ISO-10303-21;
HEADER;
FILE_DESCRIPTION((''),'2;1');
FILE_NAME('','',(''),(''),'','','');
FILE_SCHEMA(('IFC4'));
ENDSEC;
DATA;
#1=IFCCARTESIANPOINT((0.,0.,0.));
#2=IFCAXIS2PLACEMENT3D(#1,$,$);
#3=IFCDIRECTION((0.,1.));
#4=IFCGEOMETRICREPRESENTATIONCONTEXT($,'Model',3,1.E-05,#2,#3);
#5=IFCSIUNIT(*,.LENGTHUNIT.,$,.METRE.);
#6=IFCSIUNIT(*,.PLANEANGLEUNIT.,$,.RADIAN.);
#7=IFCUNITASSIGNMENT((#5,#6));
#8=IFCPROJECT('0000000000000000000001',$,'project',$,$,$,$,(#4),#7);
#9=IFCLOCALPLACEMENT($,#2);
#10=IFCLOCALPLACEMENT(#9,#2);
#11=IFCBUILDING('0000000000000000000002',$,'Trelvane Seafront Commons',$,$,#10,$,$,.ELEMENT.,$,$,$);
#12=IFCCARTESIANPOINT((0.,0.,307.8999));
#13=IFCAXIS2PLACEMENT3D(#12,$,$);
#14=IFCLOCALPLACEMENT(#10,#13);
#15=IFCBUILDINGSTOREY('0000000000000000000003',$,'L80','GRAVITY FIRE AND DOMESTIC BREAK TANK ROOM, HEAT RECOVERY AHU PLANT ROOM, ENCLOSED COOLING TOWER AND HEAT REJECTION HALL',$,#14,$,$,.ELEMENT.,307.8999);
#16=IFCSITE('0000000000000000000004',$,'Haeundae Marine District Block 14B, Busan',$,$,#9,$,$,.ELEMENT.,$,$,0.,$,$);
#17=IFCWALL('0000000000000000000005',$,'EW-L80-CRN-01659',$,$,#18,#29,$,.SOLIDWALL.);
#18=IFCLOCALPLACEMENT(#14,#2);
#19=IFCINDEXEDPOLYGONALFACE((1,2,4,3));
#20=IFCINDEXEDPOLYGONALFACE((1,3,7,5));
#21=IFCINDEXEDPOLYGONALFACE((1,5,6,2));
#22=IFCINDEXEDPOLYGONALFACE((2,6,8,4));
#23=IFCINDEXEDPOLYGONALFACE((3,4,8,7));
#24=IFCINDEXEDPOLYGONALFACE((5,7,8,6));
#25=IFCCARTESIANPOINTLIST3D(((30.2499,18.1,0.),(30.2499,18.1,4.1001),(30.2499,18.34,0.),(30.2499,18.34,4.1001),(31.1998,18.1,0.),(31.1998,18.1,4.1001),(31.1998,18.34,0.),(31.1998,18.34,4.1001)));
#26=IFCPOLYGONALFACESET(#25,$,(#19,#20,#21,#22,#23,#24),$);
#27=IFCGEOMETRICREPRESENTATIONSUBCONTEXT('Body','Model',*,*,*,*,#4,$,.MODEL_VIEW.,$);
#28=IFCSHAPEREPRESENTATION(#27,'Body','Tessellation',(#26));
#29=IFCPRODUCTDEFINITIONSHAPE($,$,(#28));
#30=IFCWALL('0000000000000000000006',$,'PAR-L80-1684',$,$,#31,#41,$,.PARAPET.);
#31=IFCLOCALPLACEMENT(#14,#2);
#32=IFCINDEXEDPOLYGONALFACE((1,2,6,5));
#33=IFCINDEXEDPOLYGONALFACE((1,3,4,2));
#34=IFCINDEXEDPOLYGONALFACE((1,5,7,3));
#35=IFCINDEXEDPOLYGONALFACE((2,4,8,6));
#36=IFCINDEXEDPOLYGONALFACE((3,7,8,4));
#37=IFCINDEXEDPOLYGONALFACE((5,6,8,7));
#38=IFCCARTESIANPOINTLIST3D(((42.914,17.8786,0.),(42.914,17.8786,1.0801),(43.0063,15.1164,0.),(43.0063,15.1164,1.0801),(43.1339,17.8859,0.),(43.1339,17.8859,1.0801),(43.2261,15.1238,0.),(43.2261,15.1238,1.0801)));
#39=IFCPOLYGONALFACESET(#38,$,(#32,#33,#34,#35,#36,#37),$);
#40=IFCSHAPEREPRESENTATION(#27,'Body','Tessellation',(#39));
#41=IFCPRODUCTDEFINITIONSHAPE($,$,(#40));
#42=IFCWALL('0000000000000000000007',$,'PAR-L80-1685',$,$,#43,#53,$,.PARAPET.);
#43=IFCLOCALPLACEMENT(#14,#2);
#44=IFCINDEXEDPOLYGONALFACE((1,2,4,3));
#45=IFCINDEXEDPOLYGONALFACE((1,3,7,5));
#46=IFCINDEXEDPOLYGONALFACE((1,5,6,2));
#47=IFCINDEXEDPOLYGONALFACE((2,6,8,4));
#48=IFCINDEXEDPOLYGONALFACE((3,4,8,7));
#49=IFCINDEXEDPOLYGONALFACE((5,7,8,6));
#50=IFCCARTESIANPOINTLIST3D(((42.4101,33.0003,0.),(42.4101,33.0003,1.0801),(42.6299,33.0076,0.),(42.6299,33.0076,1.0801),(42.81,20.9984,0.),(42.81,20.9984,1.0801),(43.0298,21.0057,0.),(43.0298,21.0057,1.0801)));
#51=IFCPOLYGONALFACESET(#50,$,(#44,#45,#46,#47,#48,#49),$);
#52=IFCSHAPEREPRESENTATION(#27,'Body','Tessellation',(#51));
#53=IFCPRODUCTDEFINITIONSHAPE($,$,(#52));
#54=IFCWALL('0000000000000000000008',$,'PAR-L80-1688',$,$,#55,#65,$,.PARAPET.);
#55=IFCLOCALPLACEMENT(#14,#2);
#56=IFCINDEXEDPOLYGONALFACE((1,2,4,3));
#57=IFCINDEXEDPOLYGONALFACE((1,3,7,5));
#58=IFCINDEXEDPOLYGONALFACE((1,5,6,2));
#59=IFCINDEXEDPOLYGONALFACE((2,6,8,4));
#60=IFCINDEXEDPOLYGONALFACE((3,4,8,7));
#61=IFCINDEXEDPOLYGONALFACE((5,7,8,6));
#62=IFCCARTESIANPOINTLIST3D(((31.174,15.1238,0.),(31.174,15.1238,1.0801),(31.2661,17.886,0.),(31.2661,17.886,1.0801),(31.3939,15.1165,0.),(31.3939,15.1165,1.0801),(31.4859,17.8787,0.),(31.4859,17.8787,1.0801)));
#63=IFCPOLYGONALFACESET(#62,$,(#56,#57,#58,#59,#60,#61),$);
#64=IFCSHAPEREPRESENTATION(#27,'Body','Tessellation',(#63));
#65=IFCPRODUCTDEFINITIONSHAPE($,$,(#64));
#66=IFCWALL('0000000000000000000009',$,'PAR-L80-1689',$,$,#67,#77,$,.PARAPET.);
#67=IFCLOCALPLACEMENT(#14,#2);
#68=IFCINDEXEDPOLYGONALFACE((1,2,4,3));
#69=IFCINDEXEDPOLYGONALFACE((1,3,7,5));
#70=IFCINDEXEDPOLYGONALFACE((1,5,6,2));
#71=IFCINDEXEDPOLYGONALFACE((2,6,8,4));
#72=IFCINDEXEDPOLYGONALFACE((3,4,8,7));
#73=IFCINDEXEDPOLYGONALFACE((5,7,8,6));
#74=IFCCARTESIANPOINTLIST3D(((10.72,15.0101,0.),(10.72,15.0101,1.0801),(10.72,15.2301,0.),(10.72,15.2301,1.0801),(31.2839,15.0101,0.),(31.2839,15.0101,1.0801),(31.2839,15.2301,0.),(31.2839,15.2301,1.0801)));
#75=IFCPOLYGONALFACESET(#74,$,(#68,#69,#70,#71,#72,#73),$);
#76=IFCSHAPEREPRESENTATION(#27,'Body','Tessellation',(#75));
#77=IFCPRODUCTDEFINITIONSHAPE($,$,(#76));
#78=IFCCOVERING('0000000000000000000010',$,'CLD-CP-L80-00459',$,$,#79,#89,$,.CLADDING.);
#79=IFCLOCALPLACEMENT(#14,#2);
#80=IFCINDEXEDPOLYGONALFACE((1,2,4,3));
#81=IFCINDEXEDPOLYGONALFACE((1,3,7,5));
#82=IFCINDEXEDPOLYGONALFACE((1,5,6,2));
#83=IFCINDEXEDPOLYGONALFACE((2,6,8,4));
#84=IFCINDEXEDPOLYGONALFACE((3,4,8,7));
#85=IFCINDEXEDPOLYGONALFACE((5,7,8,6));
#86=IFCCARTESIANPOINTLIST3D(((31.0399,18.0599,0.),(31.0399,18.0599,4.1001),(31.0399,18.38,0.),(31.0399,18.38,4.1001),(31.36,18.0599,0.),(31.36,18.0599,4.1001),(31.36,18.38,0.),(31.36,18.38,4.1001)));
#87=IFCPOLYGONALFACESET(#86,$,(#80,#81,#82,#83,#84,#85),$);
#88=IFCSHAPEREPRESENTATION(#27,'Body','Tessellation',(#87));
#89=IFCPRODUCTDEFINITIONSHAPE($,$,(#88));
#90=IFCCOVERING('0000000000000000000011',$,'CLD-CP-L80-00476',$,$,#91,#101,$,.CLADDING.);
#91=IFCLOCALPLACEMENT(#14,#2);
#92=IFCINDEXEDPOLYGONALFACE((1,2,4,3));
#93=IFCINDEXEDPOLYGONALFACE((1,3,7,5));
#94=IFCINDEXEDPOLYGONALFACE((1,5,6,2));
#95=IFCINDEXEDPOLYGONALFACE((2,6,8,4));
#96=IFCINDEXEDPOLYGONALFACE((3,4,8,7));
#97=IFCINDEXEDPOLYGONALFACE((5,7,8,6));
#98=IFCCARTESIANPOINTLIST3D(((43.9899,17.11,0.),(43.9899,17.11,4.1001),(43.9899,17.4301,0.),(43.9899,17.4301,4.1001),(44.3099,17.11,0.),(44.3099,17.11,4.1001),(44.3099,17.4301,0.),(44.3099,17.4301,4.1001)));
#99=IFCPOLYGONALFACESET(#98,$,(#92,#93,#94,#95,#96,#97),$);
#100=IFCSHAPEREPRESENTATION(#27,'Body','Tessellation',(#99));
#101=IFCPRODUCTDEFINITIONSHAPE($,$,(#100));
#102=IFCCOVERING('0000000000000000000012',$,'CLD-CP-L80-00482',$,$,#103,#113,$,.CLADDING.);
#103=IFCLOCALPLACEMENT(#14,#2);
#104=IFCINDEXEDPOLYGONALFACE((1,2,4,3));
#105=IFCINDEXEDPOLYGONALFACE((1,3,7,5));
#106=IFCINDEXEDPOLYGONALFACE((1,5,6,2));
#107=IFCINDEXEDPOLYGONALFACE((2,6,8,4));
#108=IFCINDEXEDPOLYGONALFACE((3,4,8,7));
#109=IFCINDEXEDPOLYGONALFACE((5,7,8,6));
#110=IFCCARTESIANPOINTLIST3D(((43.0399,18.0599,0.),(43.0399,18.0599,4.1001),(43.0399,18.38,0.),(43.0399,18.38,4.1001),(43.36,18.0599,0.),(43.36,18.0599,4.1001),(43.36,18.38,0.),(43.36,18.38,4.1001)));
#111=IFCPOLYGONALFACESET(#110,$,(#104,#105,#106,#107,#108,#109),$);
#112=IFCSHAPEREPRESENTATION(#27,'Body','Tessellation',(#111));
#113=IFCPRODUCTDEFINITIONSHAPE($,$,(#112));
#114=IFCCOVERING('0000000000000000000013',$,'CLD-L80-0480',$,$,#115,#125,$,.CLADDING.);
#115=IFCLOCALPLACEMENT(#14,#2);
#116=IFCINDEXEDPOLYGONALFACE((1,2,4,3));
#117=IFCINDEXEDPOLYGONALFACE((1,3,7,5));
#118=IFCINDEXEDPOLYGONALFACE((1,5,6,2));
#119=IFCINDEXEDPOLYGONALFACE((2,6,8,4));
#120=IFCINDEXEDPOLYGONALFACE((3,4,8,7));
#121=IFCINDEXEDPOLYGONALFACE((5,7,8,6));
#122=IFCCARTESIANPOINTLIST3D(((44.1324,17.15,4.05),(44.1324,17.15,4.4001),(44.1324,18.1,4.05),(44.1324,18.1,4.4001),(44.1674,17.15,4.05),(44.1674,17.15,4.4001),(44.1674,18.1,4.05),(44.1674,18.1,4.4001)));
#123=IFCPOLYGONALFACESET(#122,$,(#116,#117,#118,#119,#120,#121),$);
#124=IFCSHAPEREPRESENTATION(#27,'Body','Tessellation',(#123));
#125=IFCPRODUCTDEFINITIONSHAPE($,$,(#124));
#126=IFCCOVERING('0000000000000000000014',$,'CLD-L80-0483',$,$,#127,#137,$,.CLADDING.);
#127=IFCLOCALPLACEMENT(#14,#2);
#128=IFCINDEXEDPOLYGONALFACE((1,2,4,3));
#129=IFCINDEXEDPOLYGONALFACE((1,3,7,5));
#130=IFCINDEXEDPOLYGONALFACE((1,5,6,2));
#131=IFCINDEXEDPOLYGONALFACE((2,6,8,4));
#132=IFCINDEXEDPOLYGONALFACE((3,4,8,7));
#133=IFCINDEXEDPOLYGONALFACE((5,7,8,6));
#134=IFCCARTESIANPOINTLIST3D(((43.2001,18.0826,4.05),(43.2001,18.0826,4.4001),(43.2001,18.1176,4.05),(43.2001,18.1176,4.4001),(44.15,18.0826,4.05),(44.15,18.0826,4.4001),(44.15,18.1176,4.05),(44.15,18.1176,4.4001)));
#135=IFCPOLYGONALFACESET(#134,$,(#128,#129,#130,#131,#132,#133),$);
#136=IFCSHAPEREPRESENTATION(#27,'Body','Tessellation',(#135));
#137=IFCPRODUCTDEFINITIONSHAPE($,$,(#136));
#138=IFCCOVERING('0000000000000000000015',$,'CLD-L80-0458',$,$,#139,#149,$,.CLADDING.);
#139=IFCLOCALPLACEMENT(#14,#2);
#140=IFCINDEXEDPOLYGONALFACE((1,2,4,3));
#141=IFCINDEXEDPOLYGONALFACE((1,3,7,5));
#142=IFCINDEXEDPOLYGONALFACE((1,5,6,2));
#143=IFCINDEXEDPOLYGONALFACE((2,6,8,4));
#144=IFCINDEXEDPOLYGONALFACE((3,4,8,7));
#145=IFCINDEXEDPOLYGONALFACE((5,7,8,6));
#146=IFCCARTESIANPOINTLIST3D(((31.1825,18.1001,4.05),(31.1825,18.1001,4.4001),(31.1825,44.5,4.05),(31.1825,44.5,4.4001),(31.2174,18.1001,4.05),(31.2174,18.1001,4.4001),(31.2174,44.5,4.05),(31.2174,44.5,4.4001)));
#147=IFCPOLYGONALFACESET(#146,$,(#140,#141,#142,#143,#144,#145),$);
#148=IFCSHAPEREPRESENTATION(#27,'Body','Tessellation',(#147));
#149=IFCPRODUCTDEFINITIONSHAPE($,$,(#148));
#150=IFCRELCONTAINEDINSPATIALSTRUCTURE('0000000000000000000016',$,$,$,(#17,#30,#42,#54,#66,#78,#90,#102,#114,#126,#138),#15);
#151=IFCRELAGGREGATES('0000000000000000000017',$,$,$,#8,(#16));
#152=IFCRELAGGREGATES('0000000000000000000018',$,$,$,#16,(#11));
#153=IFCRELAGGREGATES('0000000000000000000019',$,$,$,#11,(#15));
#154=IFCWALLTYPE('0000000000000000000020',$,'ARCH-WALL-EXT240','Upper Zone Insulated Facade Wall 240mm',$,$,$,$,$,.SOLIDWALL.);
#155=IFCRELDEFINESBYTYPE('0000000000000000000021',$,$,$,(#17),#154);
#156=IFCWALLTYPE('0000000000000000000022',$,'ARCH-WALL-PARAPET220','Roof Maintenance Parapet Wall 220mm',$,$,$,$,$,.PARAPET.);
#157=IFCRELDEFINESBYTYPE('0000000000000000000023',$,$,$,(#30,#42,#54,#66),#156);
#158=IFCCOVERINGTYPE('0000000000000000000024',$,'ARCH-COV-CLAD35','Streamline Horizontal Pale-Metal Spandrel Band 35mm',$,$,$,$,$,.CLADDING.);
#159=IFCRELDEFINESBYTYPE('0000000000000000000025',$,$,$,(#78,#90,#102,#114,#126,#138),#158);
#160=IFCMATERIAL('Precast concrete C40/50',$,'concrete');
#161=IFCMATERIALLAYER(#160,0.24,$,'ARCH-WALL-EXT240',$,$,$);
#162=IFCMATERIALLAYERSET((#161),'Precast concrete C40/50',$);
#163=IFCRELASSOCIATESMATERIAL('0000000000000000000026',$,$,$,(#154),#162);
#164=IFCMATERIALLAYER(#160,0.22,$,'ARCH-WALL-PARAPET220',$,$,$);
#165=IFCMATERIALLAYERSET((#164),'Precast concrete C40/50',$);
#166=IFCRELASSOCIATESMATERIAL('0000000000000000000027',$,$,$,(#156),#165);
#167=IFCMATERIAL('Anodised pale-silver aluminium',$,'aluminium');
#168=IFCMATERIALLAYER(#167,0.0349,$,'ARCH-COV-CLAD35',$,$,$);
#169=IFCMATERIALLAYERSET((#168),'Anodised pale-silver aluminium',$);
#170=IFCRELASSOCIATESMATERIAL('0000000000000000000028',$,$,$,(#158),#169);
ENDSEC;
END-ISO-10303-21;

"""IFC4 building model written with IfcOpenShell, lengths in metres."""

from ifc_helpers import new_model, si_unit, direction, frame, frame_2d, origin, origin_2d, place, context, subcontext, project, spatial, rectangle, extrude, source, transform, mapped, material, layer, layer_set, type_object, element, save


model = new_model("IFC4")

# Units and contexts
model_context = context("Model", 3, precision=1e-05, world=origin(), true_north=direction((0.0, 1.0)))
body_context = subcontext(model_context, "Body", "Model", "MODEL_VIEW")
ifc_project = project(units=[si_unit("LENGTHUNIT", "METRE"), si_unit("PLANEANGLEUNIT", "RADIAN")], contexts=[model_context])

# Site, building, storey
site_placement = place(None, origin())
site = spatial("IfcSite", under=ifc_project, at=site_placement, Name="Haeundae Marine District Block 14B, Busan", CompositionType="ELEMENT", RefElevation=0.0)
building_placement = place(site_placement, origin())
building = spatial("IfcBuilding", under=site, at=building_placement, Name="Trelvane Seafront Commons", CompositionType="ELEMENT")
storey_placement = place(building_placement, frame((0.0, 0.0, 307.8999)))
storey = spatial("IfcBuildingStorey", under=building, at=storey_placement, Name="L80", Description="GRAVITY FIRE AND DOMESTIC BREAK TANK ROOM, HEAT RECOVERY AHU PLANT ROOM, ENCLOSED COOLING TOWER AND HEAT REJECTION HALL", CompositionType="ELEMENT", Elevation=307.8999)

# Shared definitions
ifc_material_1 = material(Name="Anodised pale-silver aluminium", Category="aluminium")

# Walls
ifc_material_2 = material(Name="Precast concrete C40/50", Category="concrete")
ifc_layer_1 = layer(ifc_material_2, 0.24, Name="ARCH-WALL-EXT240")
ifc_layer_set_1 = layer_set([ifc_layer_1], Name="Precast concrete C40/50")
wall_type_1 = type_object("IfcWallType", Name="ARCH-WALL-EXT240", Description="Upper Zone Insulated Facade Wall 240mm", PredefinedType="SOLIDWALL", material=ifc_layer_set_1)
wall_1_placement = place(storey_placement, frame((31.2, 18.22, 0.0), z_axis=(0.0, 0.0, 1.0), x_axis=(-1.0, 0.0, 0.0)))
element("IfcWall", 1, at=wall_1_placement, inside=storey, type_object=wall_type_1, Name="EW-L80-CRN-01659", PredefinedType="SOLIDWALL", context=body_context, shape_type="SweptSolid", body=[
    extrude(rectangle(XDim=0.95, YDim=0.24, at=frame_2d((0.4751, 0.0))), origin(), (0.0, 0.0, 1.0), 4.1001),
])
ifc_layer_2 = layer(ifc_material_2, 0.22, Name="ARCH-WALL-PARAPET220")
ifc_layer_set_2 = layer_set([ifc_layer_2], Name="Precast concrete C40/50")
wall_type_2 = type_object("IfcWallType", Name="ARCH-WALL-PARAPET220", Description="Roof Maintenance Parapet Wall 220mm", PredefinedType="PARAPET", material=ifc_layer_set_2)
wall_2_placement = place(storey_placement, frame((43.1162, 15.1201, 0.0), z_axis=(0.0, 0.0, 1.0), x_axis=(-0.033391, 0.999442, 0.0)))
element("IfcWall", 2, at=wall_2_placement, inside=storey, type_object=wall_type_2, Name="PAR-L80-1684", PredefinedType="PARAPET", context=body_context, shape_type="SweptSolid", body=[
    extrude(rectangle(XDim=2.7637, YDim=0.22, at=frame_2d((1.3818, 0.0))), origin(), (0.0, 0.0, 1.0), 1.0801),
])
wall_3_placement = place(storey_placement, frame((42.9199, 21.002, 0.0), z_axis=(0.0, 0.0, 1.0), x_axis=(-0.033301, 0.999445, 0.0)))
element("IfcWall", 3, at=wall_3_placement, inside=storey, type_object=wall_type_2, Name="PAR-L80-1685", PredefinedType="PARAPET", context=body_context, shape_type="SweptSolid", body=[
    extrude(rectangle(XDim=12.0085, YDim=0.22, at=frame_2d((6.0044, 0.0))), origin(), (0.0, 0.0, 1.0), 1.0801),
])
wall_4_placement = place(storey_placement, frame((31.376, 17.8823, 0.0), z_axis=(0.0, 0.0, 1.0), x_axis=(-0.033303, -0.999445, 0.0)))
element("IfcWall", 4, at=wall_4_placement, inside=storey, type_object=wall_type_2, Name="PAR-L80-1688", PredefinedType="PARAPET", context=body_context, shape_type="SweptSolid", body=[
    extrude(rectangle(XDim=2.7637, YDim=0.22, at=frame_2d((1.3818, 0.0))), origin(), (0.0, 0.0, 1.0), 1.0801),
])
wall_5_placement = place(storey_placement, frame((31.2839, 15.1201, 0.0), z_axis=(0.0, 0.0, 1.0), x_axis=(-1.0, 0.0, 0.0)))
element("IfcWall", 5, at=wall_5_placement, inside=storey, type_object=wall_type_2, Name="PAR-L80-1689", PredefinedType="PARAPET", context=body_context, shape_type="SweptSolid", body=[
    extrude(rectangle(XDim=20.564, YDim=0.22, at=frame_2d((10.282, 0.0))), origin(), (0.0, 0.0, 1.0), 1.0801),
])

# Coverings
ifc_layer_3 = layer(ifc_material_1, 0.0349, Name="ARCH-COV-CLAD35")
ifc_layer_set_3 = layer_set([ifc_layer_3], Name="Anodised pale-silver aluminium")
covering_type = type_object("IfcCoveringType", Name="ARCH-COV-CLAD35", Description="Streamline Horizontal Pale-Metal Spandrel Band 35mm", PredefinedType="CLADDING", material=ifc_layer_set_3)
shared_shape_1 = source(origin(), body_context, "Body", "SweptSolid", [
    extrude(rectangle(XDim=0.3201, YDim=0.3201, at=origin_2d()), origin(), (0.0, 0.0, 1.0), 4.1001),
])
for number, where, z_axis, x_axis, name in (
    (6, (31.2, 18.22, 0.0), (0.0, 0.0, 1.0), (1.0, 0.0, 0.0), "CLD-CP-L80-00459"),
    (7, (44.1499, 17.27, 0.0), (0.0, 0.0, 1.0), (1.0, 0.0, 0.0), "CLD-CP-L80-00476"),
    (8, (43.2, 18.22, 0.0), (0.0, 0.0, 1.0), (1.0, 0.0, 0.0), "CLD-CP-L80-00482"),
):
    element("IfcCovering", number, at=place(storey_placement, frame(where, z_axis=z_axis, x_axis=x_axis)), inside=storey, type_object=covering_type, Name=name, PredefinedType="CLADDING", context=body_context, shape_type="MappedRepresentation", body=[
        mapped(shared_shape_1, transform((0.0, 0.0, 0.0), x_axis=(1.0, 0.0, 0.0), y_axis=(0.0, 1.0, 0.0), z_axis=(0.0, 0.0, 1.0), scale=1.0)),
    ])
shared_shape_2 = source(origin(), body_context, "Body", "SweptSolid", [
    extrude(rectangle(XDim=0.95, YDim=0.0349, at=origin_2d()), origin(), (0.0, 0.0, 1.0), 0.3501),
])
for number, where, z_axis, x_axis, name in (
    (9, (44.1499, 17.625, 4.05), (0.0, 0.0, 1.0), (0.0, 1.0, 0.0), "CLD-L80-0480"),
    (10, (43.675, 18.1001, 4.05), (0.0, 0.0, 1.0), (-1.0, 0.0, 0.0), "CLD-L80-0483"),
):
    element("IfcCovering", number, at=place(storey_placement, frame(where, z_axis=z_axis, x_axis=x_axis)), inside=storey, type_object=covering_type, Name=name, PredefinedType="CLADDING", context=body_context, shape_type="MappedRepresentation", body=[
        mapped(shared_shape_2, transform((0.0, 0.0, 0.0), x_axis=(1.0, 0.0, 0.0), y_axis=(0.0, 1.0, 0.0), z_axis=(0.0, 0.0, 1.0), scale=1.0)),
    ])
shared_shape_3 = source(origin(), body_context, "Body", "SweptSolid", [
    extrude(rectangle(XDim=26.3999, YDim=0.0349, at=origin_2d()), origin(), (0.0, 0.0, 1.0), 0.3501),
])
covering_placement = place(storey_placement, frame((31.2, 31.3, 4.05), z_axis=(0.0, 0.0, 1.0), x_axis=(0.0, -1.0, 0.0)))
element("IfcCovering", 11, at=covering_placement, inside=storey, type_object=covering_type, Name="CLD-L80-0458", PredefinedType="CLADDING", context=body_context, shape_type="MappedRepresentation", body=[
    mapped(shared_shape_3, transform((0.0, 0.0, 0.0), x_axis=(1.0, 0.0, 0.0), y_axis=(0.0, 1.0, 0.0), z_axis=(0.0, 0.0, 1.0), scale=1.0)),
])

save(model, "model.ifc")
